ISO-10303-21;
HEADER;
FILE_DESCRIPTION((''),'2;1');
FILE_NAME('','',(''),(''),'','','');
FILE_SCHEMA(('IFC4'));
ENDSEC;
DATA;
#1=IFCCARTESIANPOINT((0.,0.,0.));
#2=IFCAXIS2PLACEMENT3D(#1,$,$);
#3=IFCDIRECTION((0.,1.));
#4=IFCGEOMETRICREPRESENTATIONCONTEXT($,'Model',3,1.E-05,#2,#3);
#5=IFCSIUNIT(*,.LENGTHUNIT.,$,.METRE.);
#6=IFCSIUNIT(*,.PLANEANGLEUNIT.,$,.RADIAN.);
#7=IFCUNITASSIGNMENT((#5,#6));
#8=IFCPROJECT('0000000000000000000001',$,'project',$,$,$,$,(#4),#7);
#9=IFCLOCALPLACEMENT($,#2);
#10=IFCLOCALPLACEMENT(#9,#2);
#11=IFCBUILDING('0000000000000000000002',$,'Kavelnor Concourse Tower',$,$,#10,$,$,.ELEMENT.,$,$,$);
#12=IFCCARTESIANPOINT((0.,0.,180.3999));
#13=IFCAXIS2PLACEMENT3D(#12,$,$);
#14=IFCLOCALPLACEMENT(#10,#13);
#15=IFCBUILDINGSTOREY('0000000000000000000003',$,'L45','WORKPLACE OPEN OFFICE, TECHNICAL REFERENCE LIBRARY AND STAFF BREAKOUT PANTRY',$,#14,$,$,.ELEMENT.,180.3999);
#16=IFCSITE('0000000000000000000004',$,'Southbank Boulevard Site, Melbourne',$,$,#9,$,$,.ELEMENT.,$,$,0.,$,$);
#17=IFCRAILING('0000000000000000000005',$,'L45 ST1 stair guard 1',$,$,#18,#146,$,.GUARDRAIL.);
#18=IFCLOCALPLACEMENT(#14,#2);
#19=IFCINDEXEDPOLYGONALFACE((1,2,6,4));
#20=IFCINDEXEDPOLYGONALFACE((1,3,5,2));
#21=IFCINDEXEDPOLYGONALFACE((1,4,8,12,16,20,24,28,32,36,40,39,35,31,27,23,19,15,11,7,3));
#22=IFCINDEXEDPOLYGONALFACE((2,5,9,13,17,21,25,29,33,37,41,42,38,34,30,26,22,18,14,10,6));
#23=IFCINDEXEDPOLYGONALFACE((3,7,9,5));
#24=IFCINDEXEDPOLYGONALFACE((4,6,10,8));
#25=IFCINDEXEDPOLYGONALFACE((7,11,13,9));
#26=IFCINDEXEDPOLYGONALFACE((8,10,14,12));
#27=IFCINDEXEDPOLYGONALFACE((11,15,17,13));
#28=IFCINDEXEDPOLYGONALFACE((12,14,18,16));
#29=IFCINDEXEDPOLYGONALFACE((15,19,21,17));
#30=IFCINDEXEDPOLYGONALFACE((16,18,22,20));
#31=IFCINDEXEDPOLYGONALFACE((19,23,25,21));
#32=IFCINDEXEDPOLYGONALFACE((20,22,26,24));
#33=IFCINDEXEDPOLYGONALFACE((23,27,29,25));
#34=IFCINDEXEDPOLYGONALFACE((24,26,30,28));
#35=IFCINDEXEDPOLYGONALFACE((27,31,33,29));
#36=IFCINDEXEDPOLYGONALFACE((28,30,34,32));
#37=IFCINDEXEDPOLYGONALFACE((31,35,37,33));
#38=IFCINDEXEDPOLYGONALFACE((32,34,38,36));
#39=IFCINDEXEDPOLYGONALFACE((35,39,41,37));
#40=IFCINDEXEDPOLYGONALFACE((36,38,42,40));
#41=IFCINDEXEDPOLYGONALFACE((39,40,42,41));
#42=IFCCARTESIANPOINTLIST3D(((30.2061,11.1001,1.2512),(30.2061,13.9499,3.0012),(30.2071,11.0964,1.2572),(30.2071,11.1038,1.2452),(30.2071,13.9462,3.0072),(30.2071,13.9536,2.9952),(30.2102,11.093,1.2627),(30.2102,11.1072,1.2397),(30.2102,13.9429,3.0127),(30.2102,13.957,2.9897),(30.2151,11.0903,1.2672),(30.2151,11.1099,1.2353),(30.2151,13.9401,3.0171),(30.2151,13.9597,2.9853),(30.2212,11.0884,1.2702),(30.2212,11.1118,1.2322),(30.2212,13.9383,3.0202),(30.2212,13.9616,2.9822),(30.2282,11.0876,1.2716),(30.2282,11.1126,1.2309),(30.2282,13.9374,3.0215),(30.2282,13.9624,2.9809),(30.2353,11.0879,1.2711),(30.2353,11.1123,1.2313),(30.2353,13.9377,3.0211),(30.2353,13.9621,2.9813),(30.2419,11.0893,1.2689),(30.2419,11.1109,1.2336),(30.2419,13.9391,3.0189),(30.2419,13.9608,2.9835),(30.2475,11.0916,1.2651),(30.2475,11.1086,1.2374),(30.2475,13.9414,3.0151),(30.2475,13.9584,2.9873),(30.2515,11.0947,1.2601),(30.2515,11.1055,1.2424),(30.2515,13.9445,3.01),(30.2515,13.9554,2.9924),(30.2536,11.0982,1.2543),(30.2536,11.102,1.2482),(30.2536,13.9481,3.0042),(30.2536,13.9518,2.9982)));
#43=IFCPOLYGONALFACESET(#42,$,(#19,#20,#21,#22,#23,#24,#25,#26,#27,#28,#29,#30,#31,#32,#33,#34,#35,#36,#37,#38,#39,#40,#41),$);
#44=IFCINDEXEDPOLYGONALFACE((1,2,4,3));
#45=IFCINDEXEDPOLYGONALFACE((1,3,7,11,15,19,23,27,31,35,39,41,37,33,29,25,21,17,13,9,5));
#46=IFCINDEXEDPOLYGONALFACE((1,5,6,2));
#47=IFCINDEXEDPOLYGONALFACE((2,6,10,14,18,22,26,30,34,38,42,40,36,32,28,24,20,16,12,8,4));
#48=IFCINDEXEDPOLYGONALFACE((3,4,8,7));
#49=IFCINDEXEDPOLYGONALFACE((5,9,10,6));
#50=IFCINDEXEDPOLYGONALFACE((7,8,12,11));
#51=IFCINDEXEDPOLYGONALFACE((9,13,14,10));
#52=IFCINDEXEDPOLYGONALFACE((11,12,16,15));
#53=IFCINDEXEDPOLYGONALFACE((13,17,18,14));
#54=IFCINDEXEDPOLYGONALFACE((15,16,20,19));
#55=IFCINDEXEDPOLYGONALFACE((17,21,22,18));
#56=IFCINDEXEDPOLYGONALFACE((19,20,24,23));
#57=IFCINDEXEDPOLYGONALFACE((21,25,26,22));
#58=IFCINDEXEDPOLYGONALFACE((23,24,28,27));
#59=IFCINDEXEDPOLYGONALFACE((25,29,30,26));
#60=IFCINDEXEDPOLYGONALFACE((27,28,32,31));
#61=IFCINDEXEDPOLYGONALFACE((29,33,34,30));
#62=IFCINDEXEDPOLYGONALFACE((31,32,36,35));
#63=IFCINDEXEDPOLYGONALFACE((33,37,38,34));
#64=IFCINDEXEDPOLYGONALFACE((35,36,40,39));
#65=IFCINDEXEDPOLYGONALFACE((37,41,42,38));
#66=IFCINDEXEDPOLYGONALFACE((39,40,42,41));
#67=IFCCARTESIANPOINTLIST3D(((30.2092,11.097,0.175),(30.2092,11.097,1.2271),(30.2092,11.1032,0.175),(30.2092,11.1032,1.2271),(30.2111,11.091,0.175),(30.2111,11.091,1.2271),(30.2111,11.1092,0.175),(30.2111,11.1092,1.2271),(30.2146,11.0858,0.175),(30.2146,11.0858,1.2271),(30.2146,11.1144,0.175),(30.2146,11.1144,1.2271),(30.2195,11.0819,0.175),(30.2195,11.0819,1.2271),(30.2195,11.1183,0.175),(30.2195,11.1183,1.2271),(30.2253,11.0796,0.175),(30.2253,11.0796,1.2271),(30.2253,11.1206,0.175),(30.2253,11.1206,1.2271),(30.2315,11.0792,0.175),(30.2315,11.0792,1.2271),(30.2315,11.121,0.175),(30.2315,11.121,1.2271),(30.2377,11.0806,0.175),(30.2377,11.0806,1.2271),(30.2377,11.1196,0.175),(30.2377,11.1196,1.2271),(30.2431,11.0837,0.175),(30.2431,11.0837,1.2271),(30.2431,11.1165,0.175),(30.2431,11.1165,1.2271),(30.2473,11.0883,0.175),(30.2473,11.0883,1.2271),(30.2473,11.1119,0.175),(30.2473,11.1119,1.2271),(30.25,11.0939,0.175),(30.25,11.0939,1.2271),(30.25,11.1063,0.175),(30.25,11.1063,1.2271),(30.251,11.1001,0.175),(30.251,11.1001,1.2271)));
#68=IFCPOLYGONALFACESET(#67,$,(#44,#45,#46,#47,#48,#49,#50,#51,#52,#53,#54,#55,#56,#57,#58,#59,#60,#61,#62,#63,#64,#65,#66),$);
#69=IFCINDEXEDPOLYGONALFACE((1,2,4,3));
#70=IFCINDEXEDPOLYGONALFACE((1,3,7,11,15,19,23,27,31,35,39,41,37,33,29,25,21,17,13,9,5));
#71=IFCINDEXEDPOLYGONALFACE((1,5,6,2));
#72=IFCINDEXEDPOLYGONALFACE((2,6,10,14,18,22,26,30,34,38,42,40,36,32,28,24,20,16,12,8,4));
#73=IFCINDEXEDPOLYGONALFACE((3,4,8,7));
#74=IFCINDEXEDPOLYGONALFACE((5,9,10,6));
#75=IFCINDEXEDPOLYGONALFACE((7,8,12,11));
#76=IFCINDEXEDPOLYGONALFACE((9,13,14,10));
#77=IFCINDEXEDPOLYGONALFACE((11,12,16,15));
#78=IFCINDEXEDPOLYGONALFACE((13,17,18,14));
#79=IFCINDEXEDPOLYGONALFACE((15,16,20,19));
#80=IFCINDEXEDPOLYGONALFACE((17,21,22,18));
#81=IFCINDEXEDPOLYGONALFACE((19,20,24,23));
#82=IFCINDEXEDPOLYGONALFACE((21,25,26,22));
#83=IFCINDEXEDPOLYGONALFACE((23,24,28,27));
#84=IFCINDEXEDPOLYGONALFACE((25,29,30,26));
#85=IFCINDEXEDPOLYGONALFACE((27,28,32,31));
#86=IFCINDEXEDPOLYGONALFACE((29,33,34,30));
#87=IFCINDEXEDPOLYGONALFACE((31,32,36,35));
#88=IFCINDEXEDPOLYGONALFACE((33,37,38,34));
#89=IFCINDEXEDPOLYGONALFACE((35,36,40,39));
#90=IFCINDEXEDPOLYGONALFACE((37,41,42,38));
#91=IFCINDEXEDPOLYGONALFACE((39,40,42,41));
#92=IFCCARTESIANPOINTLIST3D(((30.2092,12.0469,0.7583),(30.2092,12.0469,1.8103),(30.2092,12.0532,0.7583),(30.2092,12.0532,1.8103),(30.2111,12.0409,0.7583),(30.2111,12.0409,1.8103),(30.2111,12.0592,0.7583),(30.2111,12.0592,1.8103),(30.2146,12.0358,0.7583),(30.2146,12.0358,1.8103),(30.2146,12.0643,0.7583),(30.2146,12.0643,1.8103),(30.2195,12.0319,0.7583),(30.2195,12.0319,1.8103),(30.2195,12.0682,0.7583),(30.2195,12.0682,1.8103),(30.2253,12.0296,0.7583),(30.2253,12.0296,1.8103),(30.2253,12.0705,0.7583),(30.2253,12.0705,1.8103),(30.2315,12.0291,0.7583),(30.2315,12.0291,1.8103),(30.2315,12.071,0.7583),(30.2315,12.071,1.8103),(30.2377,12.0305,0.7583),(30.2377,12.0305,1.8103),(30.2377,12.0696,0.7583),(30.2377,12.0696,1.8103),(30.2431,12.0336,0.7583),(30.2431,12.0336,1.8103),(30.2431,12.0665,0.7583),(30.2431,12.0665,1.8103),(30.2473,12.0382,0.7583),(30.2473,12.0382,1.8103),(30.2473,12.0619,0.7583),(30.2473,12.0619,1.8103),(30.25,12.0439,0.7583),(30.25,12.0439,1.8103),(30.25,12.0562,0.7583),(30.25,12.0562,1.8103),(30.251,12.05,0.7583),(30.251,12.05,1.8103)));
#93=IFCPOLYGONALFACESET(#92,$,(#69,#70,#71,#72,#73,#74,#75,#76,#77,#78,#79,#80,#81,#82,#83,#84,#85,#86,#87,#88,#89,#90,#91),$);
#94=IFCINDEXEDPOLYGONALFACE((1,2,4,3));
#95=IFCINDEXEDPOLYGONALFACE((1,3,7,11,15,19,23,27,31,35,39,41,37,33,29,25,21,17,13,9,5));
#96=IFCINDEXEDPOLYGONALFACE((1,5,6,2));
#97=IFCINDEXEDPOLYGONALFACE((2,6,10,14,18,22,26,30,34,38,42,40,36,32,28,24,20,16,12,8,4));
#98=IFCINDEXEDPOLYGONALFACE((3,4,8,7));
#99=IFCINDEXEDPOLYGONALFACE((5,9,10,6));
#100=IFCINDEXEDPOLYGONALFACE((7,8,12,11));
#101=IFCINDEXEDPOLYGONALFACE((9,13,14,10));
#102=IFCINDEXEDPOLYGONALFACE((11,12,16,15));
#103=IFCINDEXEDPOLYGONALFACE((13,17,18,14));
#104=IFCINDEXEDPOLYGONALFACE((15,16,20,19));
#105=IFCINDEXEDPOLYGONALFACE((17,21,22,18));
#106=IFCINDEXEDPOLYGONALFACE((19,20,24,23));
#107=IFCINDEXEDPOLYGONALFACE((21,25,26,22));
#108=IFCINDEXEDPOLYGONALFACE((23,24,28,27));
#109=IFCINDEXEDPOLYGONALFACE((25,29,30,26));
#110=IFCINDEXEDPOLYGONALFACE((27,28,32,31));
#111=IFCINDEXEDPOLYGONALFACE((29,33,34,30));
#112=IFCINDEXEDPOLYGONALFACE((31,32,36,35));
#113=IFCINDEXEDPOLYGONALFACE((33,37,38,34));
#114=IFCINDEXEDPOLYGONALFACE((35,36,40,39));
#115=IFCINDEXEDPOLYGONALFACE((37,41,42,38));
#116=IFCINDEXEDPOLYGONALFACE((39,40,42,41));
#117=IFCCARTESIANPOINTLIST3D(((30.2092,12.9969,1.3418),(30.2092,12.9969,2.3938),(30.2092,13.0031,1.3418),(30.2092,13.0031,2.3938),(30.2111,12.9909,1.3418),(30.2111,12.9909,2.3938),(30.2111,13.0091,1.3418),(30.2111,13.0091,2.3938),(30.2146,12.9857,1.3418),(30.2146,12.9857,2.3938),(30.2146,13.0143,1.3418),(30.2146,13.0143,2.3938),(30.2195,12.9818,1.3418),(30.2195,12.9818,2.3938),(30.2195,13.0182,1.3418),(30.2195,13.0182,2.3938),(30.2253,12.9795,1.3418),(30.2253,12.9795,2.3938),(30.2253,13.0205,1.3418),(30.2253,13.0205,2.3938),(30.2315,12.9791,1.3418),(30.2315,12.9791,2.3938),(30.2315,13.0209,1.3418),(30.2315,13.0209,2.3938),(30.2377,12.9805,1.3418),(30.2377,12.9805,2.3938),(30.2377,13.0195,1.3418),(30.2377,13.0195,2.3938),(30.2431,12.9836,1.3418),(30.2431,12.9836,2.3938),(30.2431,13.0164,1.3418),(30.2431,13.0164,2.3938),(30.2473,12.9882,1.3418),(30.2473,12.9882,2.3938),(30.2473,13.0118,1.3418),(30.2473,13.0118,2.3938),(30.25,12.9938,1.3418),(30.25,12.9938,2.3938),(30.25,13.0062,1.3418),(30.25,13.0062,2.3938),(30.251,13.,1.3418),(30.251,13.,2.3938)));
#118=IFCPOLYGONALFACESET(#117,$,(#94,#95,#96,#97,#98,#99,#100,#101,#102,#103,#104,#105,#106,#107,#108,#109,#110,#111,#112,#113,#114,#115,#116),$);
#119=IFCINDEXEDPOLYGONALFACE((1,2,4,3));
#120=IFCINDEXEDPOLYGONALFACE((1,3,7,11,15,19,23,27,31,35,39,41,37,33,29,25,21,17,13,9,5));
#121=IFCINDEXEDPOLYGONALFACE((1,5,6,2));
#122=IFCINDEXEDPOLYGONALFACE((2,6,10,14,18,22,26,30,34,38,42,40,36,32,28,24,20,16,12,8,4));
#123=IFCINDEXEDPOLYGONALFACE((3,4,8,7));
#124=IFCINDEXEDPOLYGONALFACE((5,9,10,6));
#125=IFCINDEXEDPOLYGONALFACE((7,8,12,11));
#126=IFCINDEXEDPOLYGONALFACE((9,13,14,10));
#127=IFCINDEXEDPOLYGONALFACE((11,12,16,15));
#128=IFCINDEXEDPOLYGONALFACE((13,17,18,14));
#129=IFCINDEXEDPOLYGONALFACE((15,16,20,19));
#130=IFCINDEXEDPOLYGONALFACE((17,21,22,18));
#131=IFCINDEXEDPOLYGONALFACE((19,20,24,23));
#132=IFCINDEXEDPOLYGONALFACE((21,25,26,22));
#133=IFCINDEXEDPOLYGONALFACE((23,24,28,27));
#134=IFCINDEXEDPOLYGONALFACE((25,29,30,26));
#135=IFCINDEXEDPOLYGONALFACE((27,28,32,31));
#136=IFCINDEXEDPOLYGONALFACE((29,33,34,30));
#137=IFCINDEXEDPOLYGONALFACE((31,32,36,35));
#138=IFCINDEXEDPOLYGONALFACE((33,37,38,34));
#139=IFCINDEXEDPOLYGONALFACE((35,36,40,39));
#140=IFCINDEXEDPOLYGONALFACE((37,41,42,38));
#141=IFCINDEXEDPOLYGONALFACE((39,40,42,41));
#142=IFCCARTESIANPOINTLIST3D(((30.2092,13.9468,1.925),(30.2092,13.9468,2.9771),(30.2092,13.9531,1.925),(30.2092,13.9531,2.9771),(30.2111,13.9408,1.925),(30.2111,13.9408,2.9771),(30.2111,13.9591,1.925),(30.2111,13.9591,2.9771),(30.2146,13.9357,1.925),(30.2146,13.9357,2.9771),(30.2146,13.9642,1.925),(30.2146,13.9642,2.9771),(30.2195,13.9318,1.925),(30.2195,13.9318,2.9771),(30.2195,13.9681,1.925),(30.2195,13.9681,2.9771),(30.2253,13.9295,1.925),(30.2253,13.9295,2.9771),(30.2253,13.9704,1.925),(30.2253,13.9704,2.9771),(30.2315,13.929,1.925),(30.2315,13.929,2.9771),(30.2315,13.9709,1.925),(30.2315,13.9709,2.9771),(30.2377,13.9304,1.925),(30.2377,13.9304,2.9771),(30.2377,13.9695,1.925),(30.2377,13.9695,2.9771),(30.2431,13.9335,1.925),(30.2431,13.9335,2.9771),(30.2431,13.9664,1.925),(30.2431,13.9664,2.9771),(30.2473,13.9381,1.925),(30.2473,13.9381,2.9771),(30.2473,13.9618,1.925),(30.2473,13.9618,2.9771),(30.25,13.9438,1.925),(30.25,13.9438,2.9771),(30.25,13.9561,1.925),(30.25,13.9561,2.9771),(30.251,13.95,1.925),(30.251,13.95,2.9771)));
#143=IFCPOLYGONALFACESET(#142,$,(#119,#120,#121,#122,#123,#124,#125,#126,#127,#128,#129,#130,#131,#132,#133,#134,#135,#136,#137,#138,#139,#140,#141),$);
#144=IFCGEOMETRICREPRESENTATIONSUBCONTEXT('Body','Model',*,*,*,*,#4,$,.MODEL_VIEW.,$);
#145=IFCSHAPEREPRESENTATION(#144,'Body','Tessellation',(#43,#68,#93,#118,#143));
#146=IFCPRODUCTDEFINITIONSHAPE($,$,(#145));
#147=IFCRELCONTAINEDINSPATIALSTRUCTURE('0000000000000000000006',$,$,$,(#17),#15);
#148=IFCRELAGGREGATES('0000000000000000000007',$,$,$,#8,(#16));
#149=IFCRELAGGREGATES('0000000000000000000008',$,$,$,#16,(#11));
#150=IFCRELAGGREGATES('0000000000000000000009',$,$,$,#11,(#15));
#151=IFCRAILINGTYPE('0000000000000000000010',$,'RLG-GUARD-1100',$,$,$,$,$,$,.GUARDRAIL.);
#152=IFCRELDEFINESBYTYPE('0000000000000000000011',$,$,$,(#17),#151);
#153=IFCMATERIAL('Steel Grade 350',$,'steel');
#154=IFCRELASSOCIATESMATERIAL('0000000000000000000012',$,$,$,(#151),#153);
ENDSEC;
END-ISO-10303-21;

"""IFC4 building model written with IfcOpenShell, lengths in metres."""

from ifc_helpers import new_model, si_unit, direction, frame, origin, origin_2d, place, context, subcontext, project, spatial, circle, extrude, material, type_object, element, save


model = new_model("IFC4")

# Units and contexts
model_context = context("Model", 3, precision=1e-05, world=origin(), true_north=direction((0.0, 1.0)))
body_context = subcontext(model_context, "Body", "Model", "MODEL_VIEW")
ifc_project = project(units=[si_unit("LENGTHUNIT", "METRE"), si_unit("PLANEANGLEUNIT", "RADIAN")], contexts=[model_context])

# Site, building, storey
site_placement = place(None, origin())
site = spatial("IfcSite", under=ifc_project, at=site_placement, Name="Southbank Boulevard Site, Melbourne", CompositionType="ELEMENT", RefElevation=0.0)
building_placement = place(site_placement, origin())
building = spatial("IfcBuilding", under=site, at=building_placement, Name="Kavelnor Concourse Tower", CompositionType="ELEMENT")
storey_placement = place(building_placement, frame((0.0, 0.0, 180.3999)))
storey = spatial("IfcBuildingStorey", under=building, at=storey_placement, Name="L45", Description="WORKPLACE OPEN OFFICE, TECHNICAL REFERENCE LIBRARY AND STAFF BREAKOUT PANTRY", CompositionType="ELEMENT", Elevation=180.3999)

# Shared definitions
ifc_material_1 = material(Name="Steel Grade 350", Category="steel")

# Railing
railing_type_1 = type_object("IfcRailingType", Name="RLG-GUARD-1100", PredefinedType="GUARDRAIL", material=ifc_material_1)
railing_1_placement = place(storey_placement, frame((30.23, 11.1001, 0.175)))
element("IfcRailing", 1, at=railing_1_placement, inside=storey, type_object=railing_type_1, Name="L45 ST1 stair guard 1", PredefinedType="GUARDRAIL", context=body_context, shape_type="SweptSolid", body=[
    extrude(circle(Radius=0.0239, at=origin_2d()), frame((0.0, 0.0, 1.0762), z_axis=(0.0, 0.852159, 0.523283), x_axis=(-1.0, 0.0, 0.0)), (0.0, 0.0, 1.0), 3.3442),
    extrude(circle(Radius=0.021, at=origin_2d()), origin(), (0.0, 0.0, 1.0), 1.052),
    extrude(circle(Radius=0.021, at=origin_2d()), frame((0.0, 0.95, 0.5833)), (0.0, 0.0, 1.0), 1.052),
    extrude(circle(Radius=0.021, at=origin_2d()), frame((0.0, 1.8999, 1.1667)), (0.0, 0.0, 1.0), 1.052),
    extrude(circle(Radius=0.021, at=origin_2d()), frame((0.0, 2.8499, 1.75)), (0.0, 0.0, 1.0), 1.052),
])

save(model, "model.ifc")
